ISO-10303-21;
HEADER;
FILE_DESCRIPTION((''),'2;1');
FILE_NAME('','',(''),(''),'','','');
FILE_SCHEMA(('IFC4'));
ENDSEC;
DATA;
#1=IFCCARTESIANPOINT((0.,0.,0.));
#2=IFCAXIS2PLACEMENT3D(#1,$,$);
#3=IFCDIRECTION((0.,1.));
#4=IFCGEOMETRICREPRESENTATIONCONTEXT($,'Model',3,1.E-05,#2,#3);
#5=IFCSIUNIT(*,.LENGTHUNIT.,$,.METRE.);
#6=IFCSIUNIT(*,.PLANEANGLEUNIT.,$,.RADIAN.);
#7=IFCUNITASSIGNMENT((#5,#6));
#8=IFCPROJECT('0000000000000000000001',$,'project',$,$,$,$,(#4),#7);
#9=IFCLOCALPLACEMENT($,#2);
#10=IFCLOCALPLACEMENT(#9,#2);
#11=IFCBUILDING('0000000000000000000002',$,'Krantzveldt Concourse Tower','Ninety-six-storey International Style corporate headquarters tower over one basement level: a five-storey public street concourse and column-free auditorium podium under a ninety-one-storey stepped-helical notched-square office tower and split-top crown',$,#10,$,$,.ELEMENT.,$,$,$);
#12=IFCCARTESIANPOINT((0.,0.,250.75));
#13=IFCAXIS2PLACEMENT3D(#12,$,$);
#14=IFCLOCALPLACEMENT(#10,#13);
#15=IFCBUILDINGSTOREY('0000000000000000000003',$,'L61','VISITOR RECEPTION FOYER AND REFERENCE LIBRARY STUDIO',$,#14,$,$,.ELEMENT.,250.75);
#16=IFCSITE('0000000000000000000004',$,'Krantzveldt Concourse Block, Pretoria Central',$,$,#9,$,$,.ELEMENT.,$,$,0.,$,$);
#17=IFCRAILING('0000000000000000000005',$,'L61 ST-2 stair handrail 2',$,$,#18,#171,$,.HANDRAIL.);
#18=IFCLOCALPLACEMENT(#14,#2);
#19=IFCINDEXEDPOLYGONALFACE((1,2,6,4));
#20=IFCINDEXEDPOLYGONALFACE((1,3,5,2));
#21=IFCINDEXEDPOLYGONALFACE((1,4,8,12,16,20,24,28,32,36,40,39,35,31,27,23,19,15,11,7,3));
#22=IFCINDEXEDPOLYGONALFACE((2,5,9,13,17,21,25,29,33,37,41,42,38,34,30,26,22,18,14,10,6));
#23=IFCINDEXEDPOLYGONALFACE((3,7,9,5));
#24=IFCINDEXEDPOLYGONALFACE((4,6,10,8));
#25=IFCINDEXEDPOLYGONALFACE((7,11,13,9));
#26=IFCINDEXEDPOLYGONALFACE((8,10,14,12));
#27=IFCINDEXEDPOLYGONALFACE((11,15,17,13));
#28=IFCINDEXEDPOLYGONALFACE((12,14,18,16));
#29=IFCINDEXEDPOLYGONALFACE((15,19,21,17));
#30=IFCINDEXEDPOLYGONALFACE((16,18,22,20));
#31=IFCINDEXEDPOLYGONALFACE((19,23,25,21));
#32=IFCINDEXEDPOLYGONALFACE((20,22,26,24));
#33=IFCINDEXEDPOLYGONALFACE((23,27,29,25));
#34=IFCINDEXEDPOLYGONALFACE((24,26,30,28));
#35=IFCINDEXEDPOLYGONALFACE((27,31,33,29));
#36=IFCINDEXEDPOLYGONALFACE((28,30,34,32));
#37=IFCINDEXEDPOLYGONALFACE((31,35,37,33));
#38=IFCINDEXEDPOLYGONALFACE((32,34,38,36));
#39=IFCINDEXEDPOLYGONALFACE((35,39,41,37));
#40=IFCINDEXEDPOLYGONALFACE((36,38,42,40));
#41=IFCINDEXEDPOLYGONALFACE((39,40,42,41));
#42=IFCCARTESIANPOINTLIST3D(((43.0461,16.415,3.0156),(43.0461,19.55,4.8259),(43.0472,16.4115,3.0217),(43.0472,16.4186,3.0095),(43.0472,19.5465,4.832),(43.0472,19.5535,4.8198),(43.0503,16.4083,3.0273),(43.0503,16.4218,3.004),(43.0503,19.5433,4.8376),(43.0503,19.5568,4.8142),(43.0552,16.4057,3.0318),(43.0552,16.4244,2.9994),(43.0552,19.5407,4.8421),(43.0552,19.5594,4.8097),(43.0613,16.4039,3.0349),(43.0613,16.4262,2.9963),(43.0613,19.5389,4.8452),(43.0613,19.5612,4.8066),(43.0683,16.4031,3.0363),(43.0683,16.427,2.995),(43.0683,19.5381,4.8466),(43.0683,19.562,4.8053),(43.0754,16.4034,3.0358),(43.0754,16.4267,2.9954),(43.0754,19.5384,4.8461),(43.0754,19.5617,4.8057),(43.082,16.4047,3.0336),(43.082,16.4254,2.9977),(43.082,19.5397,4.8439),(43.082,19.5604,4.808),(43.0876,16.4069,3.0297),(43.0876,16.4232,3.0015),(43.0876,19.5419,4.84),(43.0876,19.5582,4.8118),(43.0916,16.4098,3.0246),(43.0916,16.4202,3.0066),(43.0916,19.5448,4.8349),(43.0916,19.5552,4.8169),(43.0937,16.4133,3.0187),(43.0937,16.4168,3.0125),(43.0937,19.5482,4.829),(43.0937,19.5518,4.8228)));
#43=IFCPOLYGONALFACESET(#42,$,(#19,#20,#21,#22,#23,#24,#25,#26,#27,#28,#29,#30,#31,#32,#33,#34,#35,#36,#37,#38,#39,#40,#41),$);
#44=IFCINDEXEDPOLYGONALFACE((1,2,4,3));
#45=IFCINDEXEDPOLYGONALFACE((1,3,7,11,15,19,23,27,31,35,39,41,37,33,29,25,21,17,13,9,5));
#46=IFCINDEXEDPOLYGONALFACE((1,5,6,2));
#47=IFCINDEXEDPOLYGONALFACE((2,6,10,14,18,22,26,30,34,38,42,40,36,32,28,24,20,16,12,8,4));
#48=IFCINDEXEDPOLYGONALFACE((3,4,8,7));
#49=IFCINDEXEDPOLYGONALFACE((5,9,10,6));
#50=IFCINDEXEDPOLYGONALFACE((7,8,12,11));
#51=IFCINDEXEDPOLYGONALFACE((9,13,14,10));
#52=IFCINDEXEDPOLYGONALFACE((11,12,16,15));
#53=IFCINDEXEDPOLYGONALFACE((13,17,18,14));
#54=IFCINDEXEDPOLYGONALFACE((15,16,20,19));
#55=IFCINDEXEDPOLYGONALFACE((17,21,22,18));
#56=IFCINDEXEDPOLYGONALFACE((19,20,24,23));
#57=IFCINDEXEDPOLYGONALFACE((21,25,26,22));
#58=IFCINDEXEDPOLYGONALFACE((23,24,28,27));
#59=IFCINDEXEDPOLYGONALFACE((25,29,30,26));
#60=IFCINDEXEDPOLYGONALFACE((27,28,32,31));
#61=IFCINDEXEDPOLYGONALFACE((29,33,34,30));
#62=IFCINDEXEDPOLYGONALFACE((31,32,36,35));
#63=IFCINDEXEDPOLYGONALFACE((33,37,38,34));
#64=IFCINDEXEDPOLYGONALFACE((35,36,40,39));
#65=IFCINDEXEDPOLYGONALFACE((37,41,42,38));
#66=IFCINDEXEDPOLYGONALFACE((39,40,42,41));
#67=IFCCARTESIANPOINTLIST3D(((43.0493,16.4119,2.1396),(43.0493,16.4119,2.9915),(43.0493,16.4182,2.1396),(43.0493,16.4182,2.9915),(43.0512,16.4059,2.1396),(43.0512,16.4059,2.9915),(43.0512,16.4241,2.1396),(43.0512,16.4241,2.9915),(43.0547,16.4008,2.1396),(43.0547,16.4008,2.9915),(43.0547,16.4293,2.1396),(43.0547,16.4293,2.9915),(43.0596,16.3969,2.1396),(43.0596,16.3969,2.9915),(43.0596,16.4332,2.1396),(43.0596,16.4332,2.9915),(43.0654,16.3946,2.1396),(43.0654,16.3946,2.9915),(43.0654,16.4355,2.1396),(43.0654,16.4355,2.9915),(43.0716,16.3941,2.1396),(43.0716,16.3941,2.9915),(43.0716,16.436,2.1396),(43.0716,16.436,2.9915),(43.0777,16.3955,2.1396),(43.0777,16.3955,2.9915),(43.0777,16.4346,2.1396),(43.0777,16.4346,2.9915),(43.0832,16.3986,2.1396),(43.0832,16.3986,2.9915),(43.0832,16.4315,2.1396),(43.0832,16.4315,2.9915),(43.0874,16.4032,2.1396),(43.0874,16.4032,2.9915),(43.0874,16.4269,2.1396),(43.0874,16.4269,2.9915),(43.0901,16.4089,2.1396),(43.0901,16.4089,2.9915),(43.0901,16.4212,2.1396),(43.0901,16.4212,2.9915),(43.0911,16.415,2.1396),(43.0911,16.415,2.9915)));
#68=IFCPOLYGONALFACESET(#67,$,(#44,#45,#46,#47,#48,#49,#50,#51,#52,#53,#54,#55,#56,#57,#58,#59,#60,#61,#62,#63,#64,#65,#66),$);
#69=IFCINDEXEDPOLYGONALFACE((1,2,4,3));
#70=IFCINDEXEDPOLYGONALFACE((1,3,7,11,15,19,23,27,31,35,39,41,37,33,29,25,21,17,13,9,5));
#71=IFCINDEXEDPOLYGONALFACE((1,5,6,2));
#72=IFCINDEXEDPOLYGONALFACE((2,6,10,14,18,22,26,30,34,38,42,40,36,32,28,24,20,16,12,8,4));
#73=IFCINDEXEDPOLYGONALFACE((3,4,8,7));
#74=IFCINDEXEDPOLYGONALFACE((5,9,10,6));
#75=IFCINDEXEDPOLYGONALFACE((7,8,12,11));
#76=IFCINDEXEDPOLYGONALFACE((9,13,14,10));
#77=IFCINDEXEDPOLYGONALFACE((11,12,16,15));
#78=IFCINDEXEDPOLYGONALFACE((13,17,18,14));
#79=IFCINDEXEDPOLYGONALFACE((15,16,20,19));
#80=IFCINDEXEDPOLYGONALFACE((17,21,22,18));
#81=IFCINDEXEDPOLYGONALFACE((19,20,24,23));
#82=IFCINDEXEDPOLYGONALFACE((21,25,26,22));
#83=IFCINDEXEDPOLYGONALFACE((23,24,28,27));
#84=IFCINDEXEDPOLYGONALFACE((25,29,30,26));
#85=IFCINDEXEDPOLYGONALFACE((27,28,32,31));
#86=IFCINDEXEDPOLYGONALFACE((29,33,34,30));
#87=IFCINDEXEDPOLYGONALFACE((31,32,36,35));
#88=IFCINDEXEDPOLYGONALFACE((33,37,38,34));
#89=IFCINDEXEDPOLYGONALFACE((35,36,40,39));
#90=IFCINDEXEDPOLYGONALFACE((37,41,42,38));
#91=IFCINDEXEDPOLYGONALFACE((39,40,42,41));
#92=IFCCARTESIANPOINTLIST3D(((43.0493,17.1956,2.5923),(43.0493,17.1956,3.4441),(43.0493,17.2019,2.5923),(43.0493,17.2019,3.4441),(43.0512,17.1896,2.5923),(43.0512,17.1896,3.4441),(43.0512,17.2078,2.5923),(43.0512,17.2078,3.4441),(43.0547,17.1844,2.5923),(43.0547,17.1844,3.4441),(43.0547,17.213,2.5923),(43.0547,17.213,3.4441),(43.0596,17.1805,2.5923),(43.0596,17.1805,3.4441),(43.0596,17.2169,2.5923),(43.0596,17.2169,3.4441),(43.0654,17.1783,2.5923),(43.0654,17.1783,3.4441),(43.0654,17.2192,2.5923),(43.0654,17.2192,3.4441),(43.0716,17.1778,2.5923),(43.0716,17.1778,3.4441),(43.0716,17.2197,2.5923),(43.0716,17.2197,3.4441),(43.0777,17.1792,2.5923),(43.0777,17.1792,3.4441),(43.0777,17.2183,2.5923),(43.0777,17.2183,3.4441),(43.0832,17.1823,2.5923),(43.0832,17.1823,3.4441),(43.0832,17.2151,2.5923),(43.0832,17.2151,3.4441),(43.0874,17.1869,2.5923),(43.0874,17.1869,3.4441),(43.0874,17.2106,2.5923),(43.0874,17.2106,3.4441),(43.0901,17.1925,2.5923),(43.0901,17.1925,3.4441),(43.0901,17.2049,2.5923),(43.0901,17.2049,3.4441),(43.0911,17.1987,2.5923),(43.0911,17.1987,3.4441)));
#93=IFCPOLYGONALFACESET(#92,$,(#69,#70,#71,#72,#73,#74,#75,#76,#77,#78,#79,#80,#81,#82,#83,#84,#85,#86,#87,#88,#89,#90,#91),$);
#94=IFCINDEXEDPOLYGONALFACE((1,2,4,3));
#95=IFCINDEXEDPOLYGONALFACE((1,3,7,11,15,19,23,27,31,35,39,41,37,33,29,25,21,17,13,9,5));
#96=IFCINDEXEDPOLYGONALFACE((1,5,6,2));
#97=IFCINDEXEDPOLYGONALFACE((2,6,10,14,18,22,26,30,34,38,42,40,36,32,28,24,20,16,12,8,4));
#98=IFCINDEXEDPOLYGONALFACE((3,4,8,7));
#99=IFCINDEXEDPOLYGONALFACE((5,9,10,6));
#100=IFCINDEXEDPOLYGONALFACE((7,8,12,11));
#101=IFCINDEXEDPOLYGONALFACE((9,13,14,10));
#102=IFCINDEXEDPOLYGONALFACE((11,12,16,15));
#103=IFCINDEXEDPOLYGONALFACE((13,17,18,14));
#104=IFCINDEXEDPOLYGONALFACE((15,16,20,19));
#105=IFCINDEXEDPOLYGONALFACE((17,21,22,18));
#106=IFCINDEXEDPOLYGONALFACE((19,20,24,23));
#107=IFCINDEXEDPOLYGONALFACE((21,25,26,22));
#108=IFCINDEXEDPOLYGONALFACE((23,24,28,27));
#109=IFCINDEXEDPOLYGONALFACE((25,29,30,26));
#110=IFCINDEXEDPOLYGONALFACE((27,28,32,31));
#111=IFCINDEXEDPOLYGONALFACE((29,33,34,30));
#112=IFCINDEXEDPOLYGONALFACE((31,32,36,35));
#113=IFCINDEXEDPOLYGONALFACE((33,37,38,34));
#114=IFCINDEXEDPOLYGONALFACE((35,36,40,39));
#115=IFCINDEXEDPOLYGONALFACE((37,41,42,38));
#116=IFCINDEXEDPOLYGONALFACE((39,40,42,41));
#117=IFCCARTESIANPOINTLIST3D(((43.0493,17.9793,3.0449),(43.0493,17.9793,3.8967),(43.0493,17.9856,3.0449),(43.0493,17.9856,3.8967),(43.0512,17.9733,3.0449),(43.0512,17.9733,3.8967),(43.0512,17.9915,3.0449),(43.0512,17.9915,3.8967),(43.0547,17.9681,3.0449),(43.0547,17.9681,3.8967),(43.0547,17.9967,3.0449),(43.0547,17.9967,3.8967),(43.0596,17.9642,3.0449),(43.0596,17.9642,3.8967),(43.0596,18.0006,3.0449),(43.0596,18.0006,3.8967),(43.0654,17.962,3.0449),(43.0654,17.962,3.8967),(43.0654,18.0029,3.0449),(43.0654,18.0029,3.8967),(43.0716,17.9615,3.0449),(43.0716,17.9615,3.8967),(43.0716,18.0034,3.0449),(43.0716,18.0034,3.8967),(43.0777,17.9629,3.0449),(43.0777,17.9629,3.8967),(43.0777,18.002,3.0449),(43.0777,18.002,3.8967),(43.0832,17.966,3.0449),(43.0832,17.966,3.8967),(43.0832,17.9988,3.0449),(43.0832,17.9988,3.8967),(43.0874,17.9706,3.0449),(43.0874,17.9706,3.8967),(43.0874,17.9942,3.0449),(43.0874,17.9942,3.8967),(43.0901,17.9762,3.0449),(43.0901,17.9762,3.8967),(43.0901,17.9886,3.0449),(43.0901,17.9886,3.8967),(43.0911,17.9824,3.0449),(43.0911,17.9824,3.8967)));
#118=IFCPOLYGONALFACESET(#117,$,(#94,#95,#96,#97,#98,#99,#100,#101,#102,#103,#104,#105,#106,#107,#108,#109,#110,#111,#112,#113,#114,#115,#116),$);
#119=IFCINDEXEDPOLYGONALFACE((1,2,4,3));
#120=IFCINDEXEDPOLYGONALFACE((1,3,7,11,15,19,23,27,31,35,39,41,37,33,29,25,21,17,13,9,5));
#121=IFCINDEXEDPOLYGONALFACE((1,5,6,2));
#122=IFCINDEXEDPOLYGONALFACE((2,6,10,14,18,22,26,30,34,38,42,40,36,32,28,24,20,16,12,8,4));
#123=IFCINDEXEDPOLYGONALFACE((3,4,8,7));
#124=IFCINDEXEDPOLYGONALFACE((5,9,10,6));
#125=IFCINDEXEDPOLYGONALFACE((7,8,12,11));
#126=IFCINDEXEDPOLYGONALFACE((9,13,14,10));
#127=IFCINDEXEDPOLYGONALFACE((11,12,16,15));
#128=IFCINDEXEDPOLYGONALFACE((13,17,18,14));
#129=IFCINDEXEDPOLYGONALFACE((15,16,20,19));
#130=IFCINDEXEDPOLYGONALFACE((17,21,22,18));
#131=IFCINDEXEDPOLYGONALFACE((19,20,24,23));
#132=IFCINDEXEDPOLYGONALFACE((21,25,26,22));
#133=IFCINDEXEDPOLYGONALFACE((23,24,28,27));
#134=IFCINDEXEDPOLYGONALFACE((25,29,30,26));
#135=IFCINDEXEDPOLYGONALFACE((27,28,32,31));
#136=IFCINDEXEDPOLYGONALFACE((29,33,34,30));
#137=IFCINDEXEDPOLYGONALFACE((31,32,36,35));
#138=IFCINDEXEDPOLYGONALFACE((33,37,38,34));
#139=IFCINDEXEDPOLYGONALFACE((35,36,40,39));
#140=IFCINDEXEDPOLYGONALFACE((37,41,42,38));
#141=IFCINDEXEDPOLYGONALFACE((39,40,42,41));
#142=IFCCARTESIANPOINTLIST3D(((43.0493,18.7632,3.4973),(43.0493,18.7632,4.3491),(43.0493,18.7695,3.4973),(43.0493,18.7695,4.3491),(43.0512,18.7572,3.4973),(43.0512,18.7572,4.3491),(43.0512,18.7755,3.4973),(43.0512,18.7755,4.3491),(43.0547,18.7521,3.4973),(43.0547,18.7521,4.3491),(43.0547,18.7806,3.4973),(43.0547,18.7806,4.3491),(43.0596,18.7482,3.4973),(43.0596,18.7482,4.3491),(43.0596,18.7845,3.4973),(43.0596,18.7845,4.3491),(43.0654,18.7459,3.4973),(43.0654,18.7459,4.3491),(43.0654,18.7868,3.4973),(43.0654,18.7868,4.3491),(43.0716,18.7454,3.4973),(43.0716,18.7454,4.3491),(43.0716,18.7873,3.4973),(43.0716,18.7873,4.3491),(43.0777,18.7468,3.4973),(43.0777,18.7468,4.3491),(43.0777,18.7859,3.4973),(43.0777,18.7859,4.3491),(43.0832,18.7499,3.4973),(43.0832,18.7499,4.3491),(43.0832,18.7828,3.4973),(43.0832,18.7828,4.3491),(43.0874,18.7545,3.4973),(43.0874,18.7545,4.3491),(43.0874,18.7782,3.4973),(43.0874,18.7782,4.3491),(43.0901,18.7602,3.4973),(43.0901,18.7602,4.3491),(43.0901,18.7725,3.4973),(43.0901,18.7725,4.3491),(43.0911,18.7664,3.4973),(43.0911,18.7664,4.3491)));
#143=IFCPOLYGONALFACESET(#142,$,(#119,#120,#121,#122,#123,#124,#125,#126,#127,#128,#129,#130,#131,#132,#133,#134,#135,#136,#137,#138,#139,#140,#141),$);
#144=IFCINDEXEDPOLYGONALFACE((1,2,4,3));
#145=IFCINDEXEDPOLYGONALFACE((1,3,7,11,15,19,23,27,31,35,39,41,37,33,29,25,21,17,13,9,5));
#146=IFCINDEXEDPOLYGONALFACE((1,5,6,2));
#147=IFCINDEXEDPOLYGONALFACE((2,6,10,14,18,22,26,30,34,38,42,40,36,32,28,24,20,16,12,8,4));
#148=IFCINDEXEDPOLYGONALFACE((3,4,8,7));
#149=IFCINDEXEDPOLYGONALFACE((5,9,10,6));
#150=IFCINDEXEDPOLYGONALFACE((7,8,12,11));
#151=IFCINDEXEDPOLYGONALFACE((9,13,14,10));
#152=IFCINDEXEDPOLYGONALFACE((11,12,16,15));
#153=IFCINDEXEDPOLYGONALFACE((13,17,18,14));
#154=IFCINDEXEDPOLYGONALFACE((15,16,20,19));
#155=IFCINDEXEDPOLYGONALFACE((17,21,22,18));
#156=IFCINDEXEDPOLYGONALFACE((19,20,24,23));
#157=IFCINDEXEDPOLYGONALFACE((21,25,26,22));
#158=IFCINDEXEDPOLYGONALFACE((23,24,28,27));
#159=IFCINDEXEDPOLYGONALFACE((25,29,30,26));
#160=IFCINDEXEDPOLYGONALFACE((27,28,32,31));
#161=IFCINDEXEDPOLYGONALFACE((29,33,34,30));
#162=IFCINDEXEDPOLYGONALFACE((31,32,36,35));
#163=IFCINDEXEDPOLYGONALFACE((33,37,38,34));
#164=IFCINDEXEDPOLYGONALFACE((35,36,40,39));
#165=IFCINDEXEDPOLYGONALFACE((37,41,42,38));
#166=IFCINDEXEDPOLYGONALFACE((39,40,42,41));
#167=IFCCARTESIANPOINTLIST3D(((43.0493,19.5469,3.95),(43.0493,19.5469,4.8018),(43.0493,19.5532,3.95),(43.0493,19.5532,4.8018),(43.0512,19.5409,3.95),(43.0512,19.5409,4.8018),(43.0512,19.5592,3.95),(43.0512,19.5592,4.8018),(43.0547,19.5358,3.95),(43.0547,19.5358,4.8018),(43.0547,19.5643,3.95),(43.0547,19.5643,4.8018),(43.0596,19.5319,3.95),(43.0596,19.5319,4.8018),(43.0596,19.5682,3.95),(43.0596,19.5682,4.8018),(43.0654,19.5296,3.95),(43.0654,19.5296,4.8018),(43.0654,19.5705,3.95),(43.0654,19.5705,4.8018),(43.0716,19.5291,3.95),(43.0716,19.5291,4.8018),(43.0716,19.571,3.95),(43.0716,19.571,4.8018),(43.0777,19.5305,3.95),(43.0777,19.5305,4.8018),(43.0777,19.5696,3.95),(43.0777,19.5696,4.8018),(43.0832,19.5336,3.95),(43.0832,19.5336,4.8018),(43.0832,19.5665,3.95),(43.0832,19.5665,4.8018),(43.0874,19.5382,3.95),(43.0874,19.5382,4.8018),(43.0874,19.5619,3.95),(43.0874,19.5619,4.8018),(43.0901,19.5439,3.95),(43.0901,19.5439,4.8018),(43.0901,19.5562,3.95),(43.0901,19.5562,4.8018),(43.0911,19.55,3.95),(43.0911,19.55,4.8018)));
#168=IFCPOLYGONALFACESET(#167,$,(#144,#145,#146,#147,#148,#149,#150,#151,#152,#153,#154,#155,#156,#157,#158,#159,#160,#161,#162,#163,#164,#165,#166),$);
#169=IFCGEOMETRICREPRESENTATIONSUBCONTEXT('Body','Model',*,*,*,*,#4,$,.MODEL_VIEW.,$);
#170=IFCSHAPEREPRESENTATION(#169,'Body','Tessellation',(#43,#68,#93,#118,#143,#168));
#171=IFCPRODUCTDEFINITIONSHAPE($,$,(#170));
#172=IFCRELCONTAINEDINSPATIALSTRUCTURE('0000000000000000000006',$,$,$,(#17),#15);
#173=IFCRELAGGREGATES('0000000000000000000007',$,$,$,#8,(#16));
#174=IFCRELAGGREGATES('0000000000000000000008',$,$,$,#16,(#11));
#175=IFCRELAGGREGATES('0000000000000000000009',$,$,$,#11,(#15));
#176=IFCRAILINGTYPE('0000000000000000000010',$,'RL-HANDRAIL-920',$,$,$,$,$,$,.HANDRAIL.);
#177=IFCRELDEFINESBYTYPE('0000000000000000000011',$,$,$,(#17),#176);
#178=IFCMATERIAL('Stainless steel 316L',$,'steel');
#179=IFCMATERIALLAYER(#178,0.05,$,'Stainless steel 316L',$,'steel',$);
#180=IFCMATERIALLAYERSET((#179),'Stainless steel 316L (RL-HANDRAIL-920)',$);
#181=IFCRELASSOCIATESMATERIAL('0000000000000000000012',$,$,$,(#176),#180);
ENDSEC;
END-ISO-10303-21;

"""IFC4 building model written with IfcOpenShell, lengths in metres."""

from ifc_helpers import new_model, si_unit, direction, frame, origin, origin_2d, place, context, subcontext, project, spatial, circle, extrude, material, layer, layer_set, type_object, element, save


model = new_model("IFC4")

# Units and contexts
model_context = context("Model", 3, precision=1e-05, world=origin(), true_north=direction((0.0, 1.0)))
body_context = subcontext(model_context, "Body", "Model", "MODEL_VIEW")
ifc_project = project(units=[si_unit("LENGTHUNIT", "METRE"), si_unit("PLANEANGLEUNIT", "RADIAN")], contexts=[model_context])

# Site, building, storey
site_placement = place(None, origin())
site = spatial("IfcSite", under=ifc_project, at=site_placement, Name="Krantzveldt Concourse Block, Pretoria Central", CompositionType="ELEMENT", RefElevation=0.0)
building_placement = place(site_placement, origin())
building = spatial("IfcBuilding", under=site, at=building_placement, Name="Krantzveldt Concourse Tower", Description="Ninety-six-storey International Style corporate headquarters tower over one basement level: a five-storey public street concourse and column-free auditorium podium under a ninety-one-storey stepped-helical notched-square office tower and split-top crown", CompositionType="ELEMENT")
storey_placement = place(building_placement, frame((0.0, 0.0, 250.75)))
storey = spatial("IfcBuildingStorey", under=building, at=storey_placement, Name="L61", Description="VISITOR RECEPTION FOYER AND REFERENCE LIBRARY STUDIO", CompositionType="ELEMENT", Elevation=250.75)

# Railing
ifc_material_1 = material(Name="Stainless steel 316L", Category="steel")
ifc_layer_1 = layer(ifc_material_1, 0.05, Name="Stainless steel 316L", Category="steel")
ifc_layer_set_1 = layer_set([ifc_layer_1], Name="Stainless steel 316L (RL-HANDRAIL-920)")
railing_type = type_object("IfcRailingType", Name="RL-HANDRAIL-920", PredefinedType="HANDRAIL", material=ifc_layer_set_1)
railing_placement = place(storey_placement, frame((43.0701, 16.415, 2.1396)))
element("IfcRailing", 1, at=railing_placement, inside=storey, type_object=railing_type, Name="L61 ST-2 stair handrail 2", PredefinedType="HANDRAIL", context=body_context, shape_type="SweptSolid", body=[
    extrude(circle(Radius=0.0239, at=origin_2d()), frame((0.0, 0.0, 0.876), z_axis=(0.0, 0.865989, 0.500063), x_axis=(-1.0, 0.0, 0.0)), (0.0, 0.0, 1.0), 3.6201),
    extrude(circle(Radius=0.021, at=origin_2d()), origin(), (0.0, 0.0, 1.0), 0.8518),
    extrude(circle(Radius=0.021, at=origin_2d()), frame((0.0, 0.7837, 0.4526)), (0.0, 0.0, 1.0), 0.8518),
    extrude(circle(Radius=0.021, at=origin_2d()), frame((0.0, 1.5674, 0.9053)), (0.0, 0.0, 1.0), 0.8518),
    extrude(circle(Radius=0.021, at=origin_2d()), frame((0.0, 2.3513, 1.3577)), (0.0, 0.0, 1.0), 0.8518),
    extrude(circle(Radius=0.021, at=origin_2d()), frame((0.0, 3.135, 1.8103)), (0.0, 0.0, 1.0), 0.8518),
])

save(model, "model.ifc")
